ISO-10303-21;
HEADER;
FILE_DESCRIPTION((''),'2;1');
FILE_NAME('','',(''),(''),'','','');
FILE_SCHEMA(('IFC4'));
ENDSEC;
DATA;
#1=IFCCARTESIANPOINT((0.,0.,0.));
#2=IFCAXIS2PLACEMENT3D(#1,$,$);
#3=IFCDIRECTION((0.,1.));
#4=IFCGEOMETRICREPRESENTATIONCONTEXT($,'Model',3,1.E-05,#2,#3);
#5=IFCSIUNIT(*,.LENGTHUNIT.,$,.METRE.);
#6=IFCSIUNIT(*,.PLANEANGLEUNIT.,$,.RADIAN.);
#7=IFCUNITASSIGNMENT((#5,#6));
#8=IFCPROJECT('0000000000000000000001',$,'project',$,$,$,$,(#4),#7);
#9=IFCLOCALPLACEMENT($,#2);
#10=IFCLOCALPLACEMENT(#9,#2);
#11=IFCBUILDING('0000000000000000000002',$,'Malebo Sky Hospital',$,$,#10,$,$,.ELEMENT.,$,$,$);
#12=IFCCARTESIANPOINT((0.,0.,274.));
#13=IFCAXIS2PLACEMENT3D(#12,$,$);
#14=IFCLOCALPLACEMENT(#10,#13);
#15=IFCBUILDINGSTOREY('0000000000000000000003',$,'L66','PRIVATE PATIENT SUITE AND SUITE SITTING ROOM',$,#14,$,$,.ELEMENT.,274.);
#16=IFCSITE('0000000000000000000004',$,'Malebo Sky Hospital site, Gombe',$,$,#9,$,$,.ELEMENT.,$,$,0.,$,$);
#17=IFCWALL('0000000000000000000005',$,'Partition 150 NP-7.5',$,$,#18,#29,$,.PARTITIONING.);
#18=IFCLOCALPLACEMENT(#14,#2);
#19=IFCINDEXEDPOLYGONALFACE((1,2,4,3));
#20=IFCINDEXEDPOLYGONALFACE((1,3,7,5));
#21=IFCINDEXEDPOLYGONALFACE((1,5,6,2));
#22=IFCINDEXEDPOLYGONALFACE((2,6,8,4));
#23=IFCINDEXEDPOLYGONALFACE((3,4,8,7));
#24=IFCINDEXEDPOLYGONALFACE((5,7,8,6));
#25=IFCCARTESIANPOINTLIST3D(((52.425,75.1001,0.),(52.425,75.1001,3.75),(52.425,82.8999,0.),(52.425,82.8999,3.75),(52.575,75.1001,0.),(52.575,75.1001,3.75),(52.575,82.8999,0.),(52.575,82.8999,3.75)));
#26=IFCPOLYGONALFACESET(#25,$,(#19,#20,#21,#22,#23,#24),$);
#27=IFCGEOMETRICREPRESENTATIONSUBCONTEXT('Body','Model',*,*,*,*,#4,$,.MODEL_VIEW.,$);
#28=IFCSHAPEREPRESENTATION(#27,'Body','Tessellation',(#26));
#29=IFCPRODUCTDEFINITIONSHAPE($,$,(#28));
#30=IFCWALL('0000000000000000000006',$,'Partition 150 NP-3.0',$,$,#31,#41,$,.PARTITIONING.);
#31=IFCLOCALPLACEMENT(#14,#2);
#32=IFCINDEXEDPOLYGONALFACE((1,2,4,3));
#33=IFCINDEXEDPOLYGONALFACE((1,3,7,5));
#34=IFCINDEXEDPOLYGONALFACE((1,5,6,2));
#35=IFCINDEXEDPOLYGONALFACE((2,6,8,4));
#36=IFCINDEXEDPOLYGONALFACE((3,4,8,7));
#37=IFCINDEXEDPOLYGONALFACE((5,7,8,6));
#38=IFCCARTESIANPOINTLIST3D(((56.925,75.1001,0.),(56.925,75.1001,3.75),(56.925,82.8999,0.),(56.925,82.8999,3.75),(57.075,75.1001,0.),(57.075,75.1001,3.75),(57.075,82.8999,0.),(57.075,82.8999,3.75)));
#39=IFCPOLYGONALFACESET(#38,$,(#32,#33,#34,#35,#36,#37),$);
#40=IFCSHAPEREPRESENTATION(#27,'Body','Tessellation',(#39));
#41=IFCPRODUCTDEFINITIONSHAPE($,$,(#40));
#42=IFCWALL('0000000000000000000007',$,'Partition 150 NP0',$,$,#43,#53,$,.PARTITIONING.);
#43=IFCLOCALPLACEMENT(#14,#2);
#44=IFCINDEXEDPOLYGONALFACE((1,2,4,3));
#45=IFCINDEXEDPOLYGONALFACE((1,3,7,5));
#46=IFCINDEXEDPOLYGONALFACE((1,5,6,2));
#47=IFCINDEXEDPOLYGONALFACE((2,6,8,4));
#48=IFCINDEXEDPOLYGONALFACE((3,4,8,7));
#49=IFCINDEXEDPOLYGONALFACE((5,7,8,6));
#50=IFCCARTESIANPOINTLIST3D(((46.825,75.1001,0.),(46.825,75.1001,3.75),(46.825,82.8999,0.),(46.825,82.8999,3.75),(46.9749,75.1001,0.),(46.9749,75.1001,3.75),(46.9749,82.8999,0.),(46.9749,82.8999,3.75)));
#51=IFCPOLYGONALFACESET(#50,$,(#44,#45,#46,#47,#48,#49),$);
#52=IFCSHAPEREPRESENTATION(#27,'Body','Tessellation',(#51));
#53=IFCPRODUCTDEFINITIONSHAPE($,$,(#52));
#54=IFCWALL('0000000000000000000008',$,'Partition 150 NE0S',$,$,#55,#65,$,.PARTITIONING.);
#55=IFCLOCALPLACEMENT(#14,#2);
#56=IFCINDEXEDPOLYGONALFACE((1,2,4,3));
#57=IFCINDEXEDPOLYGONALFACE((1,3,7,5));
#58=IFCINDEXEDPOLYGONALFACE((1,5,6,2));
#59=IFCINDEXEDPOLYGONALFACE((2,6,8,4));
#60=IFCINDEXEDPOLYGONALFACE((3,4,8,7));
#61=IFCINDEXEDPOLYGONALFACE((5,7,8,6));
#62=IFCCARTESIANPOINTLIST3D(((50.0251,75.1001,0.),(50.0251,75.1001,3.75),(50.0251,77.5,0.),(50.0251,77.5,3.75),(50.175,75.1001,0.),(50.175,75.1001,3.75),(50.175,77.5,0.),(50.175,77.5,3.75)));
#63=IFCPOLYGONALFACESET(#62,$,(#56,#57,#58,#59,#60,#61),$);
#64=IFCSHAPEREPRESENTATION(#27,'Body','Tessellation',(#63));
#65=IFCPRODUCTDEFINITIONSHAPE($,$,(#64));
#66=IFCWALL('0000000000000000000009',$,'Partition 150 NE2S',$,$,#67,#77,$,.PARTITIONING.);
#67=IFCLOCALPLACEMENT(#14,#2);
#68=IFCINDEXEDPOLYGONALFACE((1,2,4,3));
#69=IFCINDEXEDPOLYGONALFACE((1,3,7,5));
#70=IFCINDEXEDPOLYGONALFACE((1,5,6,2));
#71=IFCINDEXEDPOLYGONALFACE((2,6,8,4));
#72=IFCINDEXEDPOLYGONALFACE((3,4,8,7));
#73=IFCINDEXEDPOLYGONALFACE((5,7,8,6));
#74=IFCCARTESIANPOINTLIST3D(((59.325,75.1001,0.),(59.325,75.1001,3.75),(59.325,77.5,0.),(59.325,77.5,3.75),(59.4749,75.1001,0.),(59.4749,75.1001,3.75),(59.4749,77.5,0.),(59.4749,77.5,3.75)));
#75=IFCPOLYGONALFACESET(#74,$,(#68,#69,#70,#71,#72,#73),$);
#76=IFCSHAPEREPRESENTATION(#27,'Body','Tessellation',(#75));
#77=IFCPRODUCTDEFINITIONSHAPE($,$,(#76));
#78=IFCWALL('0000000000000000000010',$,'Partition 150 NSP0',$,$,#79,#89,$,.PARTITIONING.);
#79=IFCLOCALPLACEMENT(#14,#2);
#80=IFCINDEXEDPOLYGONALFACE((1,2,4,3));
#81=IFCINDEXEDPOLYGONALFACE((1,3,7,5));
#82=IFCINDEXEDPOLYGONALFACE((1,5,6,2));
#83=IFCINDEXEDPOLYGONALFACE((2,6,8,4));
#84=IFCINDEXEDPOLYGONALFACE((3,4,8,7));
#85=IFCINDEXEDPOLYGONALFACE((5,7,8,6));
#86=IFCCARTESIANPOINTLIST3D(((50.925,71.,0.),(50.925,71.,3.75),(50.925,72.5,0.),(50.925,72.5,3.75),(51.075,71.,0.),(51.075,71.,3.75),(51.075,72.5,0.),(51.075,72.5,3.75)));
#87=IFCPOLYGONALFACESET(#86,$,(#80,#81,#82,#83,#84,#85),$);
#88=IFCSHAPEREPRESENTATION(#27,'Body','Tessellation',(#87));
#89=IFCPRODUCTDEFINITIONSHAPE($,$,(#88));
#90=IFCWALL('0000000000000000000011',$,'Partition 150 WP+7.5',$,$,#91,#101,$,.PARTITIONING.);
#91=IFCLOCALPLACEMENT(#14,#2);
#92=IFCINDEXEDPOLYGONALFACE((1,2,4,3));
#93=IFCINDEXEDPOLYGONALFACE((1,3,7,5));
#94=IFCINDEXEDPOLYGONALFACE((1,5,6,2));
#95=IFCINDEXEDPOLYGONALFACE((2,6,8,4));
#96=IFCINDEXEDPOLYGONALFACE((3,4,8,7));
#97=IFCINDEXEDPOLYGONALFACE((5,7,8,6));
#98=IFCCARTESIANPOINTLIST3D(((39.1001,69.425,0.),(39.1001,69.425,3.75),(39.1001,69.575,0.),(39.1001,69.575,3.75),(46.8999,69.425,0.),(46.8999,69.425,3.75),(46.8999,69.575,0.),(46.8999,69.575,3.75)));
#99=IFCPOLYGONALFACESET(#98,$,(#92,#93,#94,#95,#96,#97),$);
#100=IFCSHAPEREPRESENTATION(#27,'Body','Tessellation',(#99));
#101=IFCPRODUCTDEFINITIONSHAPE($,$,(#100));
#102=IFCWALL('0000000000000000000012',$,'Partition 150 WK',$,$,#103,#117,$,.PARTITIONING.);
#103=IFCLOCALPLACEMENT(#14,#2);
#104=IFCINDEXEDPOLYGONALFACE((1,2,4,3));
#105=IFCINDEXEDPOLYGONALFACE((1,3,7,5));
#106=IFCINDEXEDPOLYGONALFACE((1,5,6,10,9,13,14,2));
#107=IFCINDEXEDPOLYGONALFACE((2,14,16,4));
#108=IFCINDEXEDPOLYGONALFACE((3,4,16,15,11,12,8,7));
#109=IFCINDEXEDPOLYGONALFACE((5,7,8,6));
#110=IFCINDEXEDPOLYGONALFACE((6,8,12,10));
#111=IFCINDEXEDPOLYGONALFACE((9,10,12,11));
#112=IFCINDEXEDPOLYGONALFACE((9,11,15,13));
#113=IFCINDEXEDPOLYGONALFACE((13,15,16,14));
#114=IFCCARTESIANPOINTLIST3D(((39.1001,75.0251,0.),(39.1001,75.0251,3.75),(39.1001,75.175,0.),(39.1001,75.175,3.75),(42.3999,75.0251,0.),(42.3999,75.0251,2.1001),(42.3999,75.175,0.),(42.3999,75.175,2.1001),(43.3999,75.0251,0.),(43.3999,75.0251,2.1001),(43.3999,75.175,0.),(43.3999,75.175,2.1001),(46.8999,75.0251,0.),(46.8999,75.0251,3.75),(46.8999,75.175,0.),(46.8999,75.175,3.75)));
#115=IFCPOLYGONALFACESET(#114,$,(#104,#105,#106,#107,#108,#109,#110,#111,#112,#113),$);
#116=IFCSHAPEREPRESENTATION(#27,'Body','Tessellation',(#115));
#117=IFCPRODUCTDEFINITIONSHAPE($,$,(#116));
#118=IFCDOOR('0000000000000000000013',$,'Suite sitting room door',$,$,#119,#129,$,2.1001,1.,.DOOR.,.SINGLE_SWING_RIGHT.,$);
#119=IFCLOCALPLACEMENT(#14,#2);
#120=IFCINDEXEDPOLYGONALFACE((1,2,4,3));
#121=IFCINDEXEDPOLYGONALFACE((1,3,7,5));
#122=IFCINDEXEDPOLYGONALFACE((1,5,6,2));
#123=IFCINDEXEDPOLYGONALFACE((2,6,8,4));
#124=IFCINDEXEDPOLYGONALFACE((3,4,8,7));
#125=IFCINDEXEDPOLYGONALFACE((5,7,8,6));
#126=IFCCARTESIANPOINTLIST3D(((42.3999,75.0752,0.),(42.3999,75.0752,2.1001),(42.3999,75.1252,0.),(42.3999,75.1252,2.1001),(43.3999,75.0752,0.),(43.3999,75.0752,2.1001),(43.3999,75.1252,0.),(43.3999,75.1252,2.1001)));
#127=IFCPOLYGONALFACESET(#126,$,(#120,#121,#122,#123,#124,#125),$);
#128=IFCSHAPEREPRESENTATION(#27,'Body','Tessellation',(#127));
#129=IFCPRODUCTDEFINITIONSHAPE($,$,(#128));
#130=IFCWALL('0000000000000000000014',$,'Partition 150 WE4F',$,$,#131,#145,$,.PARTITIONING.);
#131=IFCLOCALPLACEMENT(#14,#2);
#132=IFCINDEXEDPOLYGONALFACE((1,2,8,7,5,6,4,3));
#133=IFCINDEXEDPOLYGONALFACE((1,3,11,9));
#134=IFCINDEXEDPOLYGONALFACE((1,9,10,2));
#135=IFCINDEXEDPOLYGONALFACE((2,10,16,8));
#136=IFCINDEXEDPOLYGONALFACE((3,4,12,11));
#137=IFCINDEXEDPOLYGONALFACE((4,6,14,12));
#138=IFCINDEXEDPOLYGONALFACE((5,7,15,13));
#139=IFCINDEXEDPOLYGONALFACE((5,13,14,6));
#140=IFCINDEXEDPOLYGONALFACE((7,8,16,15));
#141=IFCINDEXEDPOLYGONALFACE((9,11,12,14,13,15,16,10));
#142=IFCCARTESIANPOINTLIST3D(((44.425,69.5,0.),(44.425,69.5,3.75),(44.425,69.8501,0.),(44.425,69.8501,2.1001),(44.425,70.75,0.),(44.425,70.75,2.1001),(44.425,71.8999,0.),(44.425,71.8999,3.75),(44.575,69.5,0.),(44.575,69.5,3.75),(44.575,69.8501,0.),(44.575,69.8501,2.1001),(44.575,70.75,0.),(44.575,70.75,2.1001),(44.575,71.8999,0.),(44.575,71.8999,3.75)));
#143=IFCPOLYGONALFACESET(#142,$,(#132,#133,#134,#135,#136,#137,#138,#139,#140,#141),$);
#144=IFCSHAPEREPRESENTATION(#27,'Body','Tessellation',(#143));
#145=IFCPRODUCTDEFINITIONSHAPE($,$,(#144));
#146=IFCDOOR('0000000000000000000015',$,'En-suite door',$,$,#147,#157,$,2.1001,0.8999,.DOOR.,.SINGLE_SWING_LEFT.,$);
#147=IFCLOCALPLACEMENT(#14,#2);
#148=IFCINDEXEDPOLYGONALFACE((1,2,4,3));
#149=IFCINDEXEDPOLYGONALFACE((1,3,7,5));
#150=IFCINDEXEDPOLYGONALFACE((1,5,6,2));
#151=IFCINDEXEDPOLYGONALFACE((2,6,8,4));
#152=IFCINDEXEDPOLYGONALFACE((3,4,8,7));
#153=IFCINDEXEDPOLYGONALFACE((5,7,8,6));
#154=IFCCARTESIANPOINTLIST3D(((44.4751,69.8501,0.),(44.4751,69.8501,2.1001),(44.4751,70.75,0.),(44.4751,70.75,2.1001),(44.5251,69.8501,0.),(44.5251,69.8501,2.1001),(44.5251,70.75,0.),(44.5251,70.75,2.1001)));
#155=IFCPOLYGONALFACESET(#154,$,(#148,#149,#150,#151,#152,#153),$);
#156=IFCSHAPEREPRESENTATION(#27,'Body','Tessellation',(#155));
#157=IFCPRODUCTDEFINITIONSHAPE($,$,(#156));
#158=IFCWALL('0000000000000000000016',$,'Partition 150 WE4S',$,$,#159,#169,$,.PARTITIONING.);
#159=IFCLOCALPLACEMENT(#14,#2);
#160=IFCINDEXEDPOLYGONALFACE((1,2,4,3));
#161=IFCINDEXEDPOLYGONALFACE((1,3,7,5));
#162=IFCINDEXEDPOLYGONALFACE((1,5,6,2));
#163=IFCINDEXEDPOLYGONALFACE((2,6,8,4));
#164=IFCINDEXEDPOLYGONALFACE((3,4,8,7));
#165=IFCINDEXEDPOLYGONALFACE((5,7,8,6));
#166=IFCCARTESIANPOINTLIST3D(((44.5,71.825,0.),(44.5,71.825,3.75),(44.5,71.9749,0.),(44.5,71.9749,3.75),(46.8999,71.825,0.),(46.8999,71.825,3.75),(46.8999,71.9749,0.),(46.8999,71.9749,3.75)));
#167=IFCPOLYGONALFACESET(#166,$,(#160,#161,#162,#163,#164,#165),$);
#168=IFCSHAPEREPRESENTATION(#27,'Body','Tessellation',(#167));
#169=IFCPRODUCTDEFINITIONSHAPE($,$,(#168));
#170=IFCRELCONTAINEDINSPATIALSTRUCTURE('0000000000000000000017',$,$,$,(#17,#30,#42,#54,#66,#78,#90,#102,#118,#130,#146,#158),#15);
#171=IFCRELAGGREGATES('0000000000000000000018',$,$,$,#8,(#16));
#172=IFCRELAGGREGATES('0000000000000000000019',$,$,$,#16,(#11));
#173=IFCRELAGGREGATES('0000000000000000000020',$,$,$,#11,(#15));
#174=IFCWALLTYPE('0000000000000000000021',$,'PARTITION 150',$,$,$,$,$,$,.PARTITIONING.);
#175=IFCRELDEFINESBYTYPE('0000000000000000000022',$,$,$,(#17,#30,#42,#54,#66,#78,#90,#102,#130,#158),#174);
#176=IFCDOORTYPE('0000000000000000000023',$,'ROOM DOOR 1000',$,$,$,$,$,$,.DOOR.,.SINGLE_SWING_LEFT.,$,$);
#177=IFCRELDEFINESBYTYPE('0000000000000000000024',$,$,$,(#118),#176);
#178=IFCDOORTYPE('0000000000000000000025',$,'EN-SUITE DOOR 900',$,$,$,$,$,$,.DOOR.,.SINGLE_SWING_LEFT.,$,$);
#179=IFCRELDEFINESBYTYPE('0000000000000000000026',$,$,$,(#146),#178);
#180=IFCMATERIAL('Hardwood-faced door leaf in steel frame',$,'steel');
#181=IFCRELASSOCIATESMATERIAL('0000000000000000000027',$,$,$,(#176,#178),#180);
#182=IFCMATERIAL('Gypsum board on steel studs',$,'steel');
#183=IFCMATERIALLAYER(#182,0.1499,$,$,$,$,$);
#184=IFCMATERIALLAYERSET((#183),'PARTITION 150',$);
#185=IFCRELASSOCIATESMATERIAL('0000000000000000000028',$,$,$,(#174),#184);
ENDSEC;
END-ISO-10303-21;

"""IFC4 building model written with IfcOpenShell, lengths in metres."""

from ifc_helpers import new_model, si_unit, direction, frame, frame_2d, origin, place, context, subcontext, project, spatial, rectangle, extrude, material, layer, layer_set, type_object, element, fill, save


model = new_model("IFC4")

# Units and contexts
model_context = context("Model", 3, precision=1e-05, world=origin(), true_north=direction((0.0, 1.0)))
body_context = subcontext(model_context, "Body", "Model", "MODEL_VIEW")
ifc_project = project(units=[si_unit("LENGTHUNIT", "METRE"), si_unit("PLANEANGLEUNIT", "RADIAN")], contexts=[model_context])

# Site, building, storey
site_placement = place(None, origin())
site = spatial("IfcSite", under=ifc_project, at=site_placement, Name="Malebo Sky Hospital site, Gombe", CompositionType="ELEMENT", RefElevation=0.0)
building_placement = place(site_placement, origin())
building = spatial("IfcBuilding", under=site, at=building_placement, Name="Malebo Sky Hospital", CompositionType="ELEMENT")
storey_placement = place(building_placement, frame((0.0, 0.0, 274.0)))
storey = spatial("IfcBuildingStorey", under=building, at=storey_placement, Name="L66", Description="PRIVATE PATIENT SUITE AND SUITE SITTING ROOM", CompositionType="ELEMENT", Elevation=274.0)

# Shared definitions
ifc_material_1 = material(Name="Hardwood-faced door leaf in steel frame", Category="steel")

# Shared definitions
ifc_material_2 = material(Name="Gypsum board on steel studs", Category="steel")
door_type_1 = type_object("IfcDoorType", Name="ROOM DOOR 1000", OperationType="SINGLE_SWING_LEFT", PredefinedType="DOOR", material=ifc_material_1)

# Walls
ifc_layer_1 = layer(ifc_material_2, 0.1499)
ifc_layer_set_1 = layer_set([ifc_layer_1], Name="PARTITION 150")
wall_type_1 = type_object("IfcWallType", Name="PARTITION 150", PredefinedType="PARTITIONING", material=ifc_layer_set_1)
for number, where, z_axis, x_axis, name in (
    (1, (52.5, 75.1001, 0.0), (0.0, 0.0, 1.0), (0.0, 1.0, 0.0), "Partition 150 NP-7.5"),
    (2, (57.0, 75.1001, 0.0), (0.0, 0.0, 1.0), (0.0, 1.0, 0.0), "Partition 150 NP-3.0"),
    (3, (46.8999, 75.1001, 0.0), (0.0, 0.0, 1.0), (0.0, 1.0, 0.0), "Partition 150 NP0"),
):
    element("IfcWall", number, at=place(storey_placement, frame(where, z_axis=z_axis, x_axis=x_axis)), inside=storey, type_object=wall_type_1, Name=name, PredefinedType="PARTITIONING", context=body_context, shape_type="SweptSolid", body=[
        extrude(rectangle(XDim=7.7998, YDim=0.1499, at=frame_2d((3.8999, 0.0))), origin(), (0.0, 0.0, 1.0), 3.75),
    ])
for number, where, z_axis, x_axis, name in (
    (4, (50.1001, 75.1001, 0.0), (0.0, 0.0, 1.0), (0.0, 1.0, 0.0), "Partition 150 NE0S"),
    (5, (59.3999, 75.1001, 0.0), (0.0, 0.0, 1.0), (0.0, 1.0, 0.0), "Partition 150 NE2S"),
):
    element("IfcWall", number, at=place(storey_placement, frame(where, z_axis=z_axis, x_axis=x_axis)), inside=storey, type_object=wall_type_1, Name=name, PredefinedType="PARTITIONING", context=body_context, shape_type="SweptSolid", body=[
        extrude(rectangle(XDim=2.3999, YDim=0.1499, at=frame_2d((1.2, 0.0))), origin(), (0.0, 0.0, 1.0), 3.75),
    ])
wall_1_placement = place(storey_placement, frame((51.0, 71.0, 0.0), z_axis=(0.0, 0.0, 1.0), x_axis=(0.0, 1.0, 0.0)))
element("IfcWall", 6, at=wall_1_placement, inside=storey, type_object=wall_type_1, Name="Partition 150 NSP0", PredefinedType="PARTITIONING", context=body_context, shape_type="SweptSolid", body=[
    extrude(rectangle(XDim=1.5, YDim=0.1499, at=frame_2d((0.75, 0.0))), origin(), (0.0, 0.0, 1.0), 3.75),
])
wall_2_placement = place(storey_placement, frame((46.8999, 69.5, 0.0), z_axis=(0.0, 0.0, 1.0), x_axis=(-1.0, 0.0, 0.0)))
element("IfcWall", 7, at=wall_2_placement, inside=storey, type_object=wall_type_1, Name="Partition 150 WP+7.5", PredefinedType="PARTITIONING", context=body_context, shape_type="SweptSolid", body=[
    extrude(rectangle(XDim=7.7998, YDim=0.1499, at=frame_2d((3.8999, 0.0))), origin(), (0.0, 0.0, 1.0), 3.75),
])

# Walls, openings, doors
wall_3_placement = place(storey_placement, frame((46.8999, 75.1001, 0.0), z_axis=(0.0, 0.0, 1.0), x_axis=(-1.0, 0.0, 0.0)))
wall_3 = element("IfcWall", 8, at=wall_3_placement, inside=storey, type_object=wall_type_1, Name="Partition 150 WK", PredefinedType="PARTITIONING", context=body_context, shape_type="SweptSolid", body=[
    extrude(rectangle(XDim=7.7998, YDim=0.1499, at=frame_2d((3.8999, 0.0))), origin(), (0.0, 0.0, 1.0), 3.75),
])
opening_1_placement = place(wall_3_placement, frame((3.5, 0.0, 0.0)))
opening_1 = element("IfcOpeningElement", 9, at=opening_1_placement, cuts=wall_3, PredefinedType="OPENING", context=body_context, shape_type="SweptSolid", body=[
    extrude(rectangle(XDim=1.0, YDim=2.1001, at=frame_2d((0.5, 1.05))), frame((0.0, 0.085, 0.0), z_axis=(0.0, -1.0, 0.0), x_axis=(1.0, 0.0, 0.0)), (0.0, 0.0, 1.0), 0.1699),
])
door_1_placement = place(opening_1_placement, origin())
door_1 = element("IfcDoor", 10, at=door_1_placement, inside=storey, type_object=door_type_1, Name="Suite sitting room door", OperationType="SINGLE_SWING_RIGHT", OverallHeight=2.1001, OverallWidth=1.0, PredefinedType="DOOR", context=body_context, shape_type="SweptSolid", body=[
    extrude(rectangle(XDim=1.0, YDim=2.1001, at=frame_2d((0.5, 1.05))), frame((0.0, 0.0249, 0.0), z_axis=(0.0, -1.0, 0.0), x_axis=(1.0, 0.0, 0.0)), (0.0, 0.0, 1.0), 0.05),
])
fill(opening_1, door_1)
wall_4_placement = place(storey_placement, frame((44.5, 69.5, 0.0), z_axis=(0.0, 0.0, 1.0), x_axis=(0.0, 1.0, 0.0)))
wall_4 = element("IfcWall", 11, at=wall_4_placement, inside=storey, type_object=wall_type_1, Name="Partition 150 WE4F", PredefinedType="PARTITIONING", context=body_context, shape_type="SweptSolid", body=[
    extrude(rectangle(XDim=2.3999, YDim=0.1499, at=frame_2d((1.2, 0.0))), origin(), (0.0, 0.0, 1.0), 3.75),
])
opening_2_placement = place(wall_4_placement, frame((0.3501, 0.0, 0.0)))
opening_2 = element("IfcOpeningElement", 12, at=opening_2_placement, cuts=wall_4, PredefinedType="OPENING", context=body_context, shape_type="SweptSolid", body=[
    extrude(rectangle(XDim=0.8999, YDim=2.1001, at=frame_2d((0.45, 1.05))), frame((0.0, 0.085, 0.0), z_axis=(0.0, -1.0, 0.0), x_axis=(1.0, 0.0, 0.0)), (0.0, 0.0, 1.0), 0.1699),
])
door_type_2 = type_object("IfcDoorType", Name="EN-SUITE DOOR 900", OperationType="SINGLE_SWING_LEFT", PredefinedType="DOOR", material=ifc_material_1)
door_2_placement = place(opening_2_placement, origin())
door_2 = element("IfcDoor", 13, at=door_2_placement, inside=storey, type_object=door_type_2, Name="En-suite door", OperationType="SINGLE_SWING_LEFT", OverallHeight=2.1001, OverallWidth=0.8999, PredefinedType="DOOR", context=body_context, shape_type="SweptSolid", body=[
    extrude(rectangle(XDim=0.8999, YDim=2.1001, at=frame_2d((0.45, 1.05))), frame((0.0, 0.0249, 0.0), z_axis=(0.0, -1.0, 0.0), x_axis=(1.0, 0.0, 0.0)), (0.0, 0.0, 1.0), 0.05),
])
fill(opening_2, door_2)

# Wall
wall_5_placement = place(storey_placement, frame((46.8999, 71.8999, 0.0), z_axis=(0.0, 0.0, 1.0), x_axis=(-1.0, 0.0, 0.0)))
element("IfcWall", 14, at=wall_5_placement, inside=storey, type_object=wall_type_1, Name="Partition 150 WE4S", PredefinedType="PARTITIONING", context=body_context, shape_type="SweptSolid", body=[
    extrude(rectangle(XDim=2.3999, YDim=0.1499, at=frame_2d((1.2, 0.0))), origin(), (0.0, 0.0, 1.0), 3.75),
])

save(model, "model.ifc")
